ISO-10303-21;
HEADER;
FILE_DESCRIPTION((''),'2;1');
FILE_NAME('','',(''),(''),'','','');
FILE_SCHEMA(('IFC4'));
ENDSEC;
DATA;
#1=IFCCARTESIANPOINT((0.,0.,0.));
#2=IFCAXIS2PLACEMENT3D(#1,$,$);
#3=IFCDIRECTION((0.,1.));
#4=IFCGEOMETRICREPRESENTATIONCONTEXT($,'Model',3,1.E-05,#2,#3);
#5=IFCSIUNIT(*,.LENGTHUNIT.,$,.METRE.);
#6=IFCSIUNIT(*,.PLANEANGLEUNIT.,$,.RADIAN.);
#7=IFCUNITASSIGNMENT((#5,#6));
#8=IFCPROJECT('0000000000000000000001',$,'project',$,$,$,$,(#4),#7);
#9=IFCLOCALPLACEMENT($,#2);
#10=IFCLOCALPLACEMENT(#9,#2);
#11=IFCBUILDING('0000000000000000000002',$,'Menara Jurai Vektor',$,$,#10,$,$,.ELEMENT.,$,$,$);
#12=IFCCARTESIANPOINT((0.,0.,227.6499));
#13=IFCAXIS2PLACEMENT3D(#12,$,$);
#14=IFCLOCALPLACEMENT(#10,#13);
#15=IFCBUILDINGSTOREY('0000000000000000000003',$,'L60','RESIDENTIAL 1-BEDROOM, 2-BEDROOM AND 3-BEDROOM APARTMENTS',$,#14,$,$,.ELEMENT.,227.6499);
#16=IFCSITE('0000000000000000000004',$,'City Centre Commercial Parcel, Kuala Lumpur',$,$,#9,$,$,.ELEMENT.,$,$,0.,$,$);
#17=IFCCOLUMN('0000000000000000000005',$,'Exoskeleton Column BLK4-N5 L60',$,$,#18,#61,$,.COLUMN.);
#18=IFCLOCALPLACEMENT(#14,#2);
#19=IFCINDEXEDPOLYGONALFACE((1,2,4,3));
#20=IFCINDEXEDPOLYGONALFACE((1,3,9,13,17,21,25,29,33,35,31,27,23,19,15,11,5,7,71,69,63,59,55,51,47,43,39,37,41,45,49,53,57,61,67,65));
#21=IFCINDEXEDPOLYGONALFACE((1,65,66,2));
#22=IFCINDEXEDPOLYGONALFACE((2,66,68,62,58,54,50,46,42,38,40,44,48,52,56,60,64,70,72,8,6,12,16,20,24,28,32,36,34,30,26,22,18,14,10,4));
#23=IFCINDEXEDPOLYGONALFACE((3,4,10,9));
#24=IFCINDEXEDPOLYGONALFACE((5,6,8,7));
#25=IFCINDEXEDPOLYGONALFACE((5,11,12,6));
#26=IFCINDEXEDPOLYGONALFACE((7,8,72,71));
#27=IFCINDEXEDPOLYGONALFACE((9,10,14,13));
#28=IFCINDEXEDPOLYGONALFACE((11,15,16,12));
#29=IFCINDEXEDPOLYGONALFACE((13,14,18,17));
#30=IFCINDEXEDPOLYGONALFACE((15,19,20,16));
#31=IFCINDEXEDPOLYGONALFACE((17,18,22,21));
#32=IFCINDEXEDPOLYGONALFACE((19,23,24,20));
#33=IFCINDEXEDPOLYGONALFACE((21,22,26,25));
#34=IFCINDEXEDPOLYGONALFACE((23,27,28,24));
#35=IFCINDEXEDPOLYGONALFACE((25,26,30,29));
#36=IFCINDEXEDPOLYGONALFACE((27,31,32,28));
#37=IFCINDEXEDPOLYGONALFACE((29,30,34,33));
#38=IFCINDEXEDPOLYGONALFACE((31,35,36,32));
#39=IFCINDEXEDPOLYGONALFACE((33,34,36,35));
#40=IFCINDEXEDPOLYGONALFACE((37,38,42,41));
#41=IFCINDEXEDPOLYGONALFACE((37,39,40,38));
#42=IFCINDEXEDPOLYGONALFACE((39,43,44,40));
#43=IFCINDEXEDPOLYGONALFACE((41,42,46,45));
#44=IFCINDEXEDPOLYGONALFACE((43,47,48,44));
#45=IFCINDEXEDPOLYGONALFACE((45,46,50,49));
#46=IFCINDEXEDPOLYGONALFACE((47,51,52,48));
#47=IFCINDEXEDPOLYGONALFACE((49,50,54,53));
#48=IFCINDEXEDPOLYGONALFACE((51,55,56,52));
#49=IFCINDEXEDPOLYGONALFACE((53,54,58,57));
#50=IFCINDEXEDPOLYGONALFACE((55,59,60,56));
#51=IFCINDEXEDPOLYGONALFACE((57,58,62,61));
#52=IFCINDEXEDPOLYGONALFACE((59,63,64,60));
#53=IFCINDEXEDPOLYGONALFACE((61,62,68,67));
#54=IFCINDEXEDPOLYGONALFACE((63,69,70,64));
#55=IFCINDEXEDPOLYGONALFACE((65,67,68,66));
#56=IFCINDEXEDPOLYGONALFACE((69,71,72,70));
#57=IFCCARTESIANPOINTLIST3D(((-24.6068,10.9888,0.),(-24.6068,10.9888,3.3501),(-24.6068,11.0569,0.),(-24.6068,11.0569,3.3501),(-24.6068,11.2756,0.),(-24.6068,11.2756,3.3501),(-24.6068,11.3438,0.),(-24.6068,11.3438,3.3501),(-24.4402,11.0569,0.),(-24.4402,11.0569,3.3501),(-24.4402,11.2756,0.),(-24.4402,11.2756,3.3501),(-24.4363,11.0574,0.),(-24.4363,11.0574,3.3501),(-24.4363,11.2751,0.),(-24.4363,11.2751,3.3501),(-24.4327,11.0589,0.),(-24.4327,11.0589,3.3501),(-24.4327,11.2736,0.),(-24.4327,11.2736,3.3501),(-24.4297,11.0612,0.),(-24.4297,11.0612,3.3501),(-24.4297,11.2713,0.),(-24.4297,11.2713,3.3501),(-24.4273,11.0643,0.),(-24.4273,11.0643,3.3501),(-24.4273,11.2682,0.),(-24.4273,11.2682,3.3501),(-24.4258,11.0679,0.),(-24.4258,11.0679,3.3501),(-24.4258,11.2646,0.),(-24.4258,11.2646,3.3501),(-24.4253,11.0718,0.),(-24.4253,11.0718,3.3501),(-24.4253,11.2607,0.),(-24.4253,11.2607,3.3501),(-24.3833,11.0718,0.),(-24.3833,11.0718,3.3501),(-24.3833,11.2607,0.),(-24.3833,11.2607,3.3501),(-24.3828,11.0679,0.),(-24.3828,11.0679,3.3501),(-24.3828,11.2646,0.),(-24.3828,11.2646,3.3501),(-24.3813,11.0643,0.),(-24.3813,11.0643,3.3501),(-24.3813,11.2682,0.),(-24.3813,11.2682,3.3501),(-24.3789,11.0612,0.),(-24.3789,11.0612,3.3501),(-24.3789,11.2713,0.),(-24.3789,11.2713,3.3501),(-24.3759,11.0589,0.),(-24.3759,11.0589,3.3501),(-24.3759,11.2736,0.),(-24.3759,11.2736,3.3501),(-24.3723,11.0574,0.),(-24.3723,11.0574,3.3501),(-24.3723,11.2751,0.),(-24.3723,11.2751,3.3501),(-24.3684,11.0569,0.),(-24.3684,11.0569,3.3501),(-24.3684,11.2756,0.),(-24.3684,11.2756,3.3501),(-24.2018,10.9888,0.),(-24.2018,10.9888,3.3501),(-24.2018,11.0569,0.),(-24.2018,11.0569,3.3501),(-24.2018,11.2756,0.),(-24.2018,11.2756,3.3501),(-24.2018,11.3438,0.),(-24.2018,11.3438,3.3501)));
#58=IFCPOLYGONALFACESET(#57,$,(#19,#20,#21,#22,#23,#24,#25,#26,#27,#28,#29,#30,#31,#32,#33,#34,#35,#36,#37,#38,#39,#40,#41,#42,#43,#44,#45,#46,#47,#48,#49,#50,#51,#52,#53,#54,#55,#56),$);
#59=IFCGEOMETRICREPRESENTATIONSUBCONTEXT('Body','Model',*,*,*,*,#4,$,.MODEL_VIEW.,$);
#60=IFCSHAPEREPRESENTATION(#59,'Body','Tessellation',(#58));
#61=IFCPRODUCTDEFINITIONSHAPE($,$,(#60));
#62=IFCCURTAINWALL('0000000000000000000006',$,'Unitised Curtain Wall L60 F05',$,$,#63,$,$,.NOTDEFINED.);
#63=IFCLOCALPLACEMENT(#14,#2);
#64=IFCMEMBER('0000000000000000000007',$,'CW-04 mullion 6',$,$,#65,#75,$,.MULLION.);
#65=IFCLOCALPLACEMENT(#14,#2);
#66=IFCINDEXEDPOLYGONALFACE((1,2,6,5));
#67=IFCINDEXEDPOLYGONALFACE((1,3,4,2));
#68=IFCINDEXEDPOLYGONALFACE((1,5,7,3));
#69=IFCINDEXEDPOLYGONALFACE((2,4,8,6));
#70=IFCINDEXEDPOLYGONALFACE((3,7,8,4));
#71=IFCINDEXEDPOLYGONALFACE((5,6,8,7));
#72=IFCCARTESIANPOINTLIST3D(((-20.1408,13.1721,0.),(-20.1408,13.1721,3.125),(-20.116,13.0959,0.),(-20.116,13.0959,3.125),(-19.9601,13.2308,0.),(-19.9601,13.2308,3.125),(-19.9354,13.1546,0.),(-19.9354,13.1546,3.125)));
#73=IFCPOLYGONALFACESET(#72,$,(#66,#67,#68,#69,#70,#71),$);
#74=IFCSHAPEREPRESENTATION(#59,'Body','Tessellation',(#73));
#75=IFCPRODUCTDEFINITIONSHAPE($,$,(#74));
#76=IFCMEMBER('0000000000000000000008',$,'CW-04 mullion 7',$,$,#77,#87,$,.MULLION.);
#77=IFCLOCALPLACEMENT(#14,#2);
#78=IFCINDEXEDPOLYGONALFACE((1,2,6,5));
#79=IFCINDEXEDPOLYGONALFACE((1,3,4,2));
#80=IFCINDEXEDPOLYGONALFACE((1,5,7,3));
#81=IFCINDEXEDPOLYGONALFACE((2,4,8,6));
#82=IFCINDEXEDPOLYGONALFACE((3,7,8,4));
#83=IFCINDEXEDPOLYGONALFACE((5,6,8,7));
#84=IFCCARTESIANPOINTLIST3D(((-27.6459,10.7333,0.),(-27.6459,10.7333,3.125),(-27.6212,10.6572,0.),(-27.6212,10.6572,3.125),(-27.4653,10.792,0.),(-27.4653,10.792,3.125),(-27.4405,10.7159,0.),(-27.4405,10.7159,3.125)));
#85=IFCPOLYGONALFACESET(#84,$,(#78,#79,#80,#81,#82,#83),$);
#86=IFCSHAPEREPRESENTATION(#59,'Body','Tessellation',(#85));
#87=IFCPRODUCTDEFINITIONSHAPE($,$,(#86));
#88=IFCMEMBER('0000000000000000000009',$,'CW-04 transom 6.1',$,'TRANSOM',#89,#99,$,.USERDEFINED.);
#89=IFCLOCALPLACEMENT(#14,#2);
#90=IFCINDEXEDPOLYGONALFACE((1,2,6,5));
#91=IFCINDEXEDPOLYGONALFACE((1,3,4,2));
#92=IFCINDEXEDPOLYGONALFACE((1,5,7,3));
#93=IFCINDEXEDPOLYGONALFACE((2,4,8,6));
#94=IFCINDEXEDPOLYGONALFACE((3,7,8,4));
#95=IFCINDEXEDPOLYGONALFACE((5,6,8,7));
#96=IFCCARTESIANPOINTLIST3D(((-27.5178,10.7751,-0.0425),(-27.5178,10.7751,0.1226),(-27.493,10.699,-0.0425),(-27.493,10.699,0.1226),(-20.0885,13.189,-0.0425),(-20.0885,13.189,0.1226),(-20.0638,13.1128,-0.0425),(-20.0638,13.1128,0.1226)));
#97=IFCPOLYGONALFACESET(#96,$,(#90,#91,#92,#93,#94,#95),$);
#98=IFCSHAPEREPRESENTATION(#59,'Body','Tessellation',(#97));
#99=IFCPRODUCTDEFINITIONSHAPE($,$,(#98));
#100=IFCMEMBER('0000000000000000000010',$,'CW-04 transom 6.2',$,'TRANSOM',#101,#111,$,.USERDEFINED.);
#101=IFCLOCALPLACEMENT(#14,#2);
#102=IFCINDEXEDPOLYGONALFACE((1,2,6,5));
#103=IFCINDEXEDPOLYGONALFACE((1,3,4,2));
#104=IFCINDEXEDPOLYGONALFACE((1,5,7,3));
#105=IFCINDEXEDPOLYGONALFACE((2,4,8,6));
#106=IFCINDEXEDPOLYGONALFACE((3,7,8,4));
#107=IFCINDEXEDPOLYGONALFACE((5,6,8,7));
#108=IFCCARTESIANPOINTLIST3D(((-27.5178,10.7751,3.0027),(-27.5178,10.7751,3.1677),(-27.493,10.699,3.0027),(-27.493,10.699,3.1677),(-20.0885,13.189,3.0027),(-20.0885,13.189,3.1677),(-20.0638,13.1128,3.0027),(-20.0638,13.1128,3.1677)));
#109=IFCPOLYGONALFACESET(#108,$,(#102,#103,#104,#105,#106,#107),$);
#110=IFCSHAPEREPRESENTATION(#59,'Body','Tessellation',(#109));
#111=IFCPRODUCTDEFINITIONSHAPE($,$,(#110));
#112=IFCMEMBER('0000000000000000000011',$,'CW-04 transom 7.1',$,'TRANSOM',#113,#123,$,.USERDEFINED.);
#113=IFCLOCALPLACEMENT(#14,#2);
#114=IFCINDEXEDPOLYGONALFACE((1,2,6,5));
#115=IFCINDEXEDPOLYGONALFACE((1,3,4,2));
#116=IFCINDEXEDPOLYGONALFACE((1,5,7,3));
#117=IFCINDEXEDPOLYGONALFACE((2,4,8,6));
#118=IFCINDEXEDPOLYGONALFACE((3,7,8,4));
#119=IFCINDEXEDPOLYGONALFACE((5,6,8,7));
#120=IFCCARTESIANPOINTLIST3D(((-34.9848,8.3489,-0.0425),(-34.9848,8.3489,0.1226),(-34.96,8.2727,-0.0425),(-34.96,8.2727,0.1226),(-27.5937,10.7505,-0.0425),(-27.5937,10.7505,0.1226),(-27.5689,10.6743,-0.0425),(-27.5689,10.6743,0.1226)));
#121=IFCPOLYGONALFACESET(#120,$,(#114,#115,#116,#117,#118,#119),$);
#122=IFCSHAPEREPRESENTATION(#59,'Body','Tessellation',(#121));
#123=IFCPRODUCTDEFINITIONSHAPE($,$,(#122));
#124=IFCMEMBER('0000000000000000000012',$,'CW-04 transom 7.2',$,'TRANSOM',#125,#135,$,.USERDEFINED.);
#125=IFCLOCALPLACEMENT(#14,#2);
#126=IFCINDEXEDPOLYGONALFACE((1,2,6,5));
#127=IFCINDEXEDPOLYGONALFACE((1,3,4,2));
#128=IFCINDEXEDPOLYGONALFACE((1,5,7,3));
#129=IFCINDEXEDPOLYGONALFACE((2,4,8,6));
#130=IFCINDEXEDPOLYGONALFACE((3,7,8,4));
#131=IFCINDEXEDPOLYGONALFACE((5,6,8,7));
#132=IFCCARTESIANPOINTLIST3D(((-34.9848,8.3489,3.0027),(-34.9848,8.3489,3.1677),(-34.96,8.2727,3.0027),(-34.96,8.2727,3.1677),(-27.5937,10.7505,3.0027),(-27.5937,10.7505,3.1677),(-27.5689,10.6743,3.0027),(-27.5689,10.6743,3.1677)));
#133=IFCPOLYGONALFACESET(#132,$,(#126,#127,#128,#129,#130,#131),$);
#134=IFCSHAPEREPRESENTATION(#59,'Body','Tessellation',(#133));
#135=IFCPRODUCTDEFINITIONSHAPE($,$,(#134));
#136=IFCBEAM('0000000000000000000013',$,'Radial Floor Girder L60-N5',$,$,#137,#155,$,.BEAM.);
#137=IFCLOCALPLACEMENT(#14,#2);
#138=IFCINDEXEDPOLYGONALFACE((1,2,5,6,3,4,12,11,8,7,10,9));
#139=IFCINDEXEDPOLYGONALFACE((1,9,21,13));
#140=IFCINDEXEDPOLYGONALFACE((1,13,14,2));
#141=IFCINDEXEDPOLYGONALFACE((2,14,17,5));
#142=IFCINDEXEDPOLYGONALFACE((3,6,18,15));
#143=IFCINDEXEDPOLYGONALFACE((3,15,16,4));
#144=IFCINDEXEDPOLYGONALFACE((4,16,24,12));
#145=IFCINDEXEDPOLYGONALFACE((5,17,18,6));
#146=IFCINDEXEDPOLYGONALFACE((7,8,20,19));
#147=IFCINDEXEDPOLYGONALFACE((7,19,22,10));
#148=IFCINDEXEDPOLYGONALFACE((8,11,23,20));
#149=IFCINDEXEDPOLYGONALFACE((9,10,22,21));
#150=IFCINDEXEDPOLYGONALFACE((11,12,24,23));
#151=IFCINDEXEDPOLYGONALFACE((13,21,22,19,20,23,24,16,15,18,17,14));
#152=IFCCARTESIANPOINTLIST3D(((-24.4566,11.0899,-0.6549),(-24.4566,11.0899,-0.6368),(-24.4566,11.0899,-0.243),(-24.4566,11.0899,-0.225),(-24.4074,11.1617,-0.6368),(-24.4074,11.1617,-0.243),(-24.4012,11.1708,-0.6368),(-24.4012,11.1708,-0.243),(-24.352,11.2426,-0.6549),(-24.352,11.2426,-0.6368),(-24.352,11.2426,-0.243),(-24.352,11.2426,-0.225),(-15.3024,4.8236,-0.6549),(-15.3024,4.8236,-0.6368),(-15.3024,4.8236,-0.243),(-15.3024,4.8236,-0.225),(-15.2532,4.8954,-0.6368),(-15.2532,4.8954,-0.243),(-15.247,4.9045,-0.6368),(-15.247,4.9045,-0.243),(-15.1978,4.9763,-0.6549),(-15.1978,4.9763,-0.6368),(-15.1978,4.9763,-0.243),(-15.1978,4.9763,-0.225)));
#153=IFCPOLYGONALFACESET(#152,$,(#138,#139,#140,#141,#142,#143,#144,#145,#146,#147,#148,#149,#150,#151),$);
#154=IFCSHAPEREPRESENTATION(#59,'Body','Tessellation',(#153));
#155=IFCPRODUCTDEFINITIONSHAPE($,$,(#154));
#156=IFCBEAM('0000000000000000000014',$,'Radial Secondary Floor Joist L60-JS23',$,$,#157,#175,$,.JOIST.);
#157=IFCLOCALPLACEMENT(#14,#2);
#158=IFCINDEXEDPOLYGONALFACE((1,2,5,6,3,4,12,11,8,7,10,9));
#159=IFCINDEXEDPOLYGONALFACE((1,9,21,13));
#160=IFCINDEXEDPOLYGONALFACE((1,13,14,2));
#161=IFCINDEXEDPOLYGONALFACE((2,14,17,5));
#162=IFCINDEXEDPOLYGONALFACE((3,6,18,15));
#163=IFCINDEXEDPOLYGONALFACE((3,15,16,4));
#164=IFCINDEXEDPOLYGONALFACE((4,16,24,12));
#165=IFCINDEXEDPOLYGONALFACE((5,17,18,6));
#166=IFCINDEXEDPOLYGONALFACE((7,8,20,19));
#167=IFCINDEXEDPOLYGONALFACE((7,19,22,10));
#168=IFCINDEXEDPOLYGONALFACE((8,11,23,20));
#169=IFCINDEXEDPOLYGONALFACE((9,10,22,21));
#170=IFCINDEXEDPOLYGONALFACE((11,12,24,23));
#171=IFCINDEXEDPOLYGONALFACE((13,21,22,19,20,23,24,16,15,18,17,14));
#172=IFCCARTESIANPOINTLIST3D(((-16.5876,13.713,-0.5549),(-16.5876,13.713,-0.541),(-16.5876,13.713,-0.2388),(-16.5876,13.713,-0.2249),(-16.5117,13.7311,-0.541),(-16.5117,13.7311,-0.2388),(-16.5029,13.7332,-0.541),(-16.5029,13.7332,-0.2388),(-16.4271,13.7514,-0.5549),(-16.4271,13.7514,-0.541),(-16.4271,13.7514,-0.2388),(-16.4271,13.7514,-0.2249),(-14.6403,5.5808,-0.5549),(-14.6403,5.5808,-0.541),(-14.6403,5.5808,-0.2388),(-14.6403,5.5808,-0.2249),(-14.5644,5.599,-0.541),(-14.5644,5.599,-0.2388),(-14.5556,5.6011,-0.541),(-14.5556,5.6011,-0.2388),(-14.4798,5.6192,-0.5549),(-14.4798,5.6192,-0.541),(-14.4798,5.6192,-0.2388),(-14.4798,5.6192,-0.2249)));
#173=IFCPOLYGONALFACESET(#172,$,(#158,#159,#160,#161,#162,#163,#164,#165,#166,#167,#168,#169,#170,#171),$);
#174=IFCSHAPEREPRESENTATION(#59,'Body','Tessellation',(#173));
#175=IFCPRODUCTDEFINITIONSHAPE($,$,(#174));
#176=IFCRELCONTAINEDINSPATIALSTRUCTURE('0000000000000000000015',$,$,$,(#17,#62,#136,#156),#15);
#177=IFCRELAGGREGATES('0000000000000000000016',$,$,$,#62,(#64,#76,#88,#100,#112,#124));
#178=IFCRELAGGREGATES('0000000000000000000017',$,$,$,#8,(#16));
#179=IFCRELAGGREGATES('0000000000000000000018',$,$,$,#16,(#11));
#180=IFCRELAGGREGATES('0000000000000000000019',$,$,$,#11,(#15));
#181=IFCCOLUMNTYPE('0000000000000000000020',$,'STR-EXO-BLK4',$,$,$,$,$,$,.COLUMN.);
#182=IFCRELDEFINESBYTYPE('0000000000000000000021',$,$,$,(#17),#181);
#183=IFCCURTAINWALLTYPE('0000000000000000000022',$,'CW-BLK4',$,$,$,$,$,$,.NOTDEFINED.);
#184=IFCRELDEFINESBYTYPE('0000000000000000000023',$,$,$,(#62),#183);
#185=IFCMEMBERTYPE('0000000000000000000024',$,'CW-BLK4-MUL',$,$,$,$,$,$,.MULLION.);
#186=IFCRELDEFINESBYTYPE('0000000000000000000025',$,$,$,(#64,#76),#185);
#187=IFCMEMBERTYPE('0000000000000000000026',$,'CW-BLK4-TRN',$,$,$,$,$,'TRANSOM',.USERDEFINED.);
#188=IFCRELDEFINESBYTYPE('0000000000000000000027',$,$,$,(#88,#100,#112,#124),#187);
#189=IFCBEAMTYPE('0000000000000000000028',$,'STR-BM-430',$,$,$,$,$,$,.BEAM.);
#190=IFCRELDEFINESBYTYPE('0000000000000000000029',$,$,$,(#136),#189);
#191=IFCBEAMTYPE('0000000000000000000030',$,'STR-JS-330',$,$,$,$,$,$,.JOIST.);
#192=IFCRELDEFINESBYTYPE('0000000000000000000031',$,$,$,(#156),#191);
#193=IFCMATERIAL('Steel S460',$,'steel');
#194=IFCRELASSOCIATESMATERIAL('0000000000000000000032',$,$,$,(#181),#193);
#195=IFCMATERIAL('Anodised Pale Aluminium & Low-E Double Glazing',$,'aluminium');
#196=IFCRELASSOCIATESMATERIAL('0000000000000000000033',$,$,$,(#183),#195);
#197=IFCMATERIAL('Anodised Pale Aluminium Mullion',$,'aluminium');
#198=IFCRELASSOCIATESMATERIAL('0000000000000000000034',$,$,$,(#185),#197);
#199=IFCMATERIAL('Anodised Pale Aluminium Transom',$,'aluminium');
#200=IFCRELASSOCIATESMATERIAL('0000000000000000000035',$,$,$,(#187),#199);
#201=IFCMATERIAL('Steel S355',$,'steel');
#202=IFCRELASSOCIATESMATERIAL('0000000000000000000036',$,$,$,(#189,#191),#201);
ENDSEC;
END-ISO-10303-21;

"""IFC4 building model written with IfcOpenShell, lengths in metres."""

from ifc_helpers import new_model, si_unit, direction, frame, origin, origin_2d, place, context, subcontext, project, spatial, rectangle, i_section, extrude, material, material_profile, profile_set, type_object, element, aggregate, save


model = new_model("IFC4")

# Units and contexts
model_context = context("Model", 3, precision=1e-05, world=origin(), true_north=direction((0.0, 1.0)))
body_context = subcontext(model_context, "Body", "Model", "MODEL_VIEW")
ifc_project = project(units=[si_unit("LENGTHUNIT", "METRE"), si_unit("PLANEANGLEUNIT", "RADIAN")], contexts=[model_context])

# Site, building, storey
site_placement = place(None, origin())
site = spatial("IfcSite", under=ifc_project, at=site_placement, Name="City Centre Commercial Parcel, Kuala Lumpur", CompositionType="ELEMENT", RefElevation=0.0)
building_placement = place(site_placement, origin())
building = spatial("IfcBuilding", under=site, at=building_placement, Name="Menara Jurai Vektor", CompositionType="ELEMENT")
storey_placement = place(building_placement, frame((0.0, 0.0, 227.6499)))
storey = spatial("IfcBuildingStorey", under=building, at=storey_placement, Name="L60", Description="RESIDENTIAL 1-BEDROOM, 2-BEDROOM AND 3-BEDROOM APARTMENTS", CompositionType="ELEMENT", Elevation=227.6499)

# Column
ifc_material_1 = material(Name="Steel S460", Category="steel")
ifc_material_profile_1 = material_profile(ifc_material_1, i_section(OverallWidth=0.405, OverallDepth=0.355, WebThickness=0.042, FlangeThickness=0.0681, FilletRadius=0.0149, at=origin_2d()), Name="HD 400x551")
ifc_profile_set_1 = profile_set([ifc_material_profile_1], Name="Steel S460")
column_type = type_object("IfcColumnType", Name="STR-EXO-BLK4", PredefinedType="COLUMN", material=ifc_profile_set_1)
column_placement = place(storey_placement, frame((-24.4043, 11.1663, 0.0), z_axis=(0.0, 0.0, 1.0), x_axis=(1.0, 0.0, 0.0)))
element("IfcColumn", 1, at=column_placement, inside=storey, type_object=column_type, Name="Exoskeleton Column BLK4-N5 L60", PredefinedType="COLUMN", context=body_context, shape_type="SweptSolid", body=[
    extrude(i_section(OverallWidth=0.405, OverallDepth=0.355, WebThickness=0.042, FlangeThickness=0.0681, FilletRadius=0.0149, at=origin_2d()), origin(), (0.0, 0.0, 1.0), 3.3501),
])

# Curtain wall, members
ifc_material_2 = material(Name="Anodised Pale Aluminium & Low-E Double Glazing", Category="aluminium")
curtain_wall_type = type_object("IfcCurtainWallType", Name="CW-BLK4", PredefinedType="NOTDEFINED", material=ifc_material_2)
curtain_wall_placement = place(storey_placement, origin())
curtain_wall = element("IfcCurtainWall", 2, at=curtain_wall_placement, inside=storey, type_object=curtain_wall_type, Name="Unitised Curtain Wall L60 F05", PredefinedType="NOTDEFINED")
ifc_material_3 = material(Name="Anodised Pale Aluminium Mullion", Category="aluminium")
ifc_material_profile_2 = material_profile(ifc_material_3, rectangle(XDim=0.0801, YDim=0.1899, at=origin_2d()), Name="ALU MUL 80x190")
ifc_profile_set_2 = profile_set([ifc_material_profile_2], Name="Anodised Pale Aluminium Mullion")
member_type_1 = type_object("IfcMemberType", Name="CW-BLK4-MUL", PredefinedType="MULLION", material=ifc_profile_set_2)
member_1_placement = place(storey_placement, frame((-20.0381, 13.1633, 0.0), z_axis=(0.0, 0.0, 1.0), x_axis=(0.309017, -0.951056, 0.0)))
member_1 = element("IfcMember", 3, at=member_1_placement, type_object=member_type_1, Name="CW-04 mullion 6", PredefinedType="MULLION", context=body_context, shape_type="SweptSolid", body=[
    extrude(rectangle(XDim=0.0801, YDim=0.1899, at=origin_2d()), origin(), (0.0, 0.0, 1.0), 3.125),
])
member_2_placement = place(storey_placement, frame((-27.5432, 10.7246, 0.0), z_axis=(0.0, 0.0, 1.0), x_axis=(0.309017, -0.951056, 0.0)))
member_2 = element("IfcMember", 4, at=member_2_placement, type_object=member_type_1, Name="CW-04 mullion 7", PredefinedType="MULLION", context=body_context, shape_type="SweptSolid", body=[
    extrude(rectangle(XDim=0.0801, YDim=0.1899, at=origin_2d()), origin(), (0.0, 0.0, 1.0), 3.125),
])
ifc_material_4 = material(Name="Anodised Pale Aluminium Transom", Category="aluminium")
ifc_material_profile_3 = material_profile(ifc_material_4, rectangle(XDim=0.0801, YDim=0.165, at=origin_2d()), Name="ALU TRN 80x165")
ifc_profile_set_3 = profile_set([ifc_material_profile_3], Name="Anodised Pale Aluminium Transom")
member_type_2 = type_object("IfcMemberType", Name="CW-BLK4-TRN", ElementType="TRANSOM", PredefinedType="USERDEFINED", material=ifc_profile_set_3)
member_3_placement = place(storey_placement, frame((-20.0762, 13.1509, 0.04), z_axis=(-0.951059, -0.309008, 0.0), x_axis=(0.309008, -0.951059, 0.0)))
member_3 = element("IfcMember", 5, at=member_3_placement, type_object=member_type_2, Name="CW-04 transom 6.1", ObjectType="TRANSOM", PredefinedType="USERDEFINED", context=body_context, shape_type="SweptSolid", body=[
    extrude(rectangle(XDim=0.0801, YDim=0.165, at=origin_2d()), origin(), (0.0, 0.0, 1.0), 7.8115),
])
member_4_placement = place(storey_placement, frame((-20.0762, 13.1509, 3.0852), z_axis=(-0.951059, -0.309008, 0.0), x_axis=(0.309008, -0.951059, 0.0)))
member_4 = element("IfcMember", 6, at=member_4_placement, type_object=member_type_2, Name="CW-04 transom 6.2", ObjectType="TRANSOM", PredefinedType="USERDEFINED", context=body_context, shape_type="SweptSolid", body=[
    extrude(rectangle(XDim=0.0801, YDim=0.165, at=origin_2d()), origin(), (0.0, 0.0, 1.0), 7.8115),
])
member_5_placement = place(storey_placement, frame((-27.5813, 10.7124, 0.04), z_axis=(-0.951053, -0.309028, 0.0), x_axis=(0.309028, -0.951053, 0.0)))
member_5 = element("IfcMember", 7, at=member_5_placement, type_object=member_type_2, Name="CW-04 transom 7.1", ObjectType="TRANSOM", PredefinedType="USERDEFINED", context=body_context, shape_type="SweptSolid", body=[
    extrude(rectangle(XDim=0.0801, YDim=0.165, at=origin_2d()), origin(), (0.0, 0.0, 1.0), 7.7715),
])
member_6_placement = place(storey_placement, frame((-27.5813, 10.7124, 3.0852), z_axis=(-0.951053, -0.309028, 0.0), x_axis=(0.309028, -0.951053, 0.0)))
member_6 = element("IfcMember", 8, at=member_6_placement, type_object=member_type_2, Name="CW-04 transom 7.2", ObjectType="TRANSOM", PredefinedType="USERDEFINED", context=body_context, shape_type="SweptSolid", body=[
    extrude(rectangle(XDim=0.0801, YDim=0.165, at=origin_2d()), origin(), (0.0, 0.0, 1.0), 7.7715),
])

# Beams
ifc_material_5 = material(Name="Steel S355", Category="steel")
ifc_material_profile_4 = material_profile(ifc_material_5, i_section(OverallWidth=0.1851, OverallDepth=0.4299, WebThickness=0.011, FlangeThickness=0.0181, at=origin_2d()), Name="PG 430x185x76")
ifc_profile_set_4 = profile_set([ifc_material_profile_4], Name="Steel S355")
beam_type_1 = type_object("IfcBeamType", Name="STR-BM-430", PredefinedType="BEAM", material=ifc_profile_set_4)
beam_1_placement = place(storey_placement, frame((-24.4043, 11.1663, -0.4399), z_axis=(0.825186, -0.564861, 0.0), x_axis=(0.564861, 0.825186, 0.0)))
element("IfcBeam", 9, at=beam_1_placement, inside=storey, type_object=beam_type_1, Name="Radial Floor Girder L60-N5", PredefinedType="BEAM", context=body_context, shape_type="SweptSolid", body=[
    extrude(i_section(OverallWidth=0.1851, OverallDepth=0.4299, WebThickness=0.011, FlangeThickness=0.0181, at=origin_2d()), origin(), (0.0, 0.0, 1.0), 11.0935),
])
ifc_material_profile_5 = material_profile(ifc_material_5, i_section(OverallWidth=0.165, OverallDepth=0.3301, WebThickness=0.009, FlangeThickness=0.0139, at=origin_2d()), Name="PG 330x165x46")
ifc_profile_set_5 = profile_set([ifc_material_profile_5], Name="Steel S355")
beam_type_2 = type_object("IfcBeamType", Name="STR-JS-330", PredefinedType="JOIST", material=ifc_profile_set_5)
beam_2_placement = place(storey_placement, frame((-16.5073, 13.7322, -0.3899), z_axis=(0.232872, -0.972507, 0.0), x_axis=(0.972507, 0.232872, 0.0)))
element("IfcBeam", 10, at=beam_2_placement, inside=storey, type_object=beam_type_2, Name="Radial Secondary Floor Joist L60-JS23", PredefinedType="JOIST", context=body_context, shape_type="SweptSolid", body=[
    extrude(i_section(OverallWidth=0.165, OverallDepth=0.3301, WebThickness=0.009, FlangeThickness=0.0139, at=origin_2d()), origin(), (0.0, 0.0, 1.0), 8.3621),
])

aggregate(curtain_wall, [member_1, member_2, member_3, member_4, member_5, member_6])

save(model, "model.ifc")
